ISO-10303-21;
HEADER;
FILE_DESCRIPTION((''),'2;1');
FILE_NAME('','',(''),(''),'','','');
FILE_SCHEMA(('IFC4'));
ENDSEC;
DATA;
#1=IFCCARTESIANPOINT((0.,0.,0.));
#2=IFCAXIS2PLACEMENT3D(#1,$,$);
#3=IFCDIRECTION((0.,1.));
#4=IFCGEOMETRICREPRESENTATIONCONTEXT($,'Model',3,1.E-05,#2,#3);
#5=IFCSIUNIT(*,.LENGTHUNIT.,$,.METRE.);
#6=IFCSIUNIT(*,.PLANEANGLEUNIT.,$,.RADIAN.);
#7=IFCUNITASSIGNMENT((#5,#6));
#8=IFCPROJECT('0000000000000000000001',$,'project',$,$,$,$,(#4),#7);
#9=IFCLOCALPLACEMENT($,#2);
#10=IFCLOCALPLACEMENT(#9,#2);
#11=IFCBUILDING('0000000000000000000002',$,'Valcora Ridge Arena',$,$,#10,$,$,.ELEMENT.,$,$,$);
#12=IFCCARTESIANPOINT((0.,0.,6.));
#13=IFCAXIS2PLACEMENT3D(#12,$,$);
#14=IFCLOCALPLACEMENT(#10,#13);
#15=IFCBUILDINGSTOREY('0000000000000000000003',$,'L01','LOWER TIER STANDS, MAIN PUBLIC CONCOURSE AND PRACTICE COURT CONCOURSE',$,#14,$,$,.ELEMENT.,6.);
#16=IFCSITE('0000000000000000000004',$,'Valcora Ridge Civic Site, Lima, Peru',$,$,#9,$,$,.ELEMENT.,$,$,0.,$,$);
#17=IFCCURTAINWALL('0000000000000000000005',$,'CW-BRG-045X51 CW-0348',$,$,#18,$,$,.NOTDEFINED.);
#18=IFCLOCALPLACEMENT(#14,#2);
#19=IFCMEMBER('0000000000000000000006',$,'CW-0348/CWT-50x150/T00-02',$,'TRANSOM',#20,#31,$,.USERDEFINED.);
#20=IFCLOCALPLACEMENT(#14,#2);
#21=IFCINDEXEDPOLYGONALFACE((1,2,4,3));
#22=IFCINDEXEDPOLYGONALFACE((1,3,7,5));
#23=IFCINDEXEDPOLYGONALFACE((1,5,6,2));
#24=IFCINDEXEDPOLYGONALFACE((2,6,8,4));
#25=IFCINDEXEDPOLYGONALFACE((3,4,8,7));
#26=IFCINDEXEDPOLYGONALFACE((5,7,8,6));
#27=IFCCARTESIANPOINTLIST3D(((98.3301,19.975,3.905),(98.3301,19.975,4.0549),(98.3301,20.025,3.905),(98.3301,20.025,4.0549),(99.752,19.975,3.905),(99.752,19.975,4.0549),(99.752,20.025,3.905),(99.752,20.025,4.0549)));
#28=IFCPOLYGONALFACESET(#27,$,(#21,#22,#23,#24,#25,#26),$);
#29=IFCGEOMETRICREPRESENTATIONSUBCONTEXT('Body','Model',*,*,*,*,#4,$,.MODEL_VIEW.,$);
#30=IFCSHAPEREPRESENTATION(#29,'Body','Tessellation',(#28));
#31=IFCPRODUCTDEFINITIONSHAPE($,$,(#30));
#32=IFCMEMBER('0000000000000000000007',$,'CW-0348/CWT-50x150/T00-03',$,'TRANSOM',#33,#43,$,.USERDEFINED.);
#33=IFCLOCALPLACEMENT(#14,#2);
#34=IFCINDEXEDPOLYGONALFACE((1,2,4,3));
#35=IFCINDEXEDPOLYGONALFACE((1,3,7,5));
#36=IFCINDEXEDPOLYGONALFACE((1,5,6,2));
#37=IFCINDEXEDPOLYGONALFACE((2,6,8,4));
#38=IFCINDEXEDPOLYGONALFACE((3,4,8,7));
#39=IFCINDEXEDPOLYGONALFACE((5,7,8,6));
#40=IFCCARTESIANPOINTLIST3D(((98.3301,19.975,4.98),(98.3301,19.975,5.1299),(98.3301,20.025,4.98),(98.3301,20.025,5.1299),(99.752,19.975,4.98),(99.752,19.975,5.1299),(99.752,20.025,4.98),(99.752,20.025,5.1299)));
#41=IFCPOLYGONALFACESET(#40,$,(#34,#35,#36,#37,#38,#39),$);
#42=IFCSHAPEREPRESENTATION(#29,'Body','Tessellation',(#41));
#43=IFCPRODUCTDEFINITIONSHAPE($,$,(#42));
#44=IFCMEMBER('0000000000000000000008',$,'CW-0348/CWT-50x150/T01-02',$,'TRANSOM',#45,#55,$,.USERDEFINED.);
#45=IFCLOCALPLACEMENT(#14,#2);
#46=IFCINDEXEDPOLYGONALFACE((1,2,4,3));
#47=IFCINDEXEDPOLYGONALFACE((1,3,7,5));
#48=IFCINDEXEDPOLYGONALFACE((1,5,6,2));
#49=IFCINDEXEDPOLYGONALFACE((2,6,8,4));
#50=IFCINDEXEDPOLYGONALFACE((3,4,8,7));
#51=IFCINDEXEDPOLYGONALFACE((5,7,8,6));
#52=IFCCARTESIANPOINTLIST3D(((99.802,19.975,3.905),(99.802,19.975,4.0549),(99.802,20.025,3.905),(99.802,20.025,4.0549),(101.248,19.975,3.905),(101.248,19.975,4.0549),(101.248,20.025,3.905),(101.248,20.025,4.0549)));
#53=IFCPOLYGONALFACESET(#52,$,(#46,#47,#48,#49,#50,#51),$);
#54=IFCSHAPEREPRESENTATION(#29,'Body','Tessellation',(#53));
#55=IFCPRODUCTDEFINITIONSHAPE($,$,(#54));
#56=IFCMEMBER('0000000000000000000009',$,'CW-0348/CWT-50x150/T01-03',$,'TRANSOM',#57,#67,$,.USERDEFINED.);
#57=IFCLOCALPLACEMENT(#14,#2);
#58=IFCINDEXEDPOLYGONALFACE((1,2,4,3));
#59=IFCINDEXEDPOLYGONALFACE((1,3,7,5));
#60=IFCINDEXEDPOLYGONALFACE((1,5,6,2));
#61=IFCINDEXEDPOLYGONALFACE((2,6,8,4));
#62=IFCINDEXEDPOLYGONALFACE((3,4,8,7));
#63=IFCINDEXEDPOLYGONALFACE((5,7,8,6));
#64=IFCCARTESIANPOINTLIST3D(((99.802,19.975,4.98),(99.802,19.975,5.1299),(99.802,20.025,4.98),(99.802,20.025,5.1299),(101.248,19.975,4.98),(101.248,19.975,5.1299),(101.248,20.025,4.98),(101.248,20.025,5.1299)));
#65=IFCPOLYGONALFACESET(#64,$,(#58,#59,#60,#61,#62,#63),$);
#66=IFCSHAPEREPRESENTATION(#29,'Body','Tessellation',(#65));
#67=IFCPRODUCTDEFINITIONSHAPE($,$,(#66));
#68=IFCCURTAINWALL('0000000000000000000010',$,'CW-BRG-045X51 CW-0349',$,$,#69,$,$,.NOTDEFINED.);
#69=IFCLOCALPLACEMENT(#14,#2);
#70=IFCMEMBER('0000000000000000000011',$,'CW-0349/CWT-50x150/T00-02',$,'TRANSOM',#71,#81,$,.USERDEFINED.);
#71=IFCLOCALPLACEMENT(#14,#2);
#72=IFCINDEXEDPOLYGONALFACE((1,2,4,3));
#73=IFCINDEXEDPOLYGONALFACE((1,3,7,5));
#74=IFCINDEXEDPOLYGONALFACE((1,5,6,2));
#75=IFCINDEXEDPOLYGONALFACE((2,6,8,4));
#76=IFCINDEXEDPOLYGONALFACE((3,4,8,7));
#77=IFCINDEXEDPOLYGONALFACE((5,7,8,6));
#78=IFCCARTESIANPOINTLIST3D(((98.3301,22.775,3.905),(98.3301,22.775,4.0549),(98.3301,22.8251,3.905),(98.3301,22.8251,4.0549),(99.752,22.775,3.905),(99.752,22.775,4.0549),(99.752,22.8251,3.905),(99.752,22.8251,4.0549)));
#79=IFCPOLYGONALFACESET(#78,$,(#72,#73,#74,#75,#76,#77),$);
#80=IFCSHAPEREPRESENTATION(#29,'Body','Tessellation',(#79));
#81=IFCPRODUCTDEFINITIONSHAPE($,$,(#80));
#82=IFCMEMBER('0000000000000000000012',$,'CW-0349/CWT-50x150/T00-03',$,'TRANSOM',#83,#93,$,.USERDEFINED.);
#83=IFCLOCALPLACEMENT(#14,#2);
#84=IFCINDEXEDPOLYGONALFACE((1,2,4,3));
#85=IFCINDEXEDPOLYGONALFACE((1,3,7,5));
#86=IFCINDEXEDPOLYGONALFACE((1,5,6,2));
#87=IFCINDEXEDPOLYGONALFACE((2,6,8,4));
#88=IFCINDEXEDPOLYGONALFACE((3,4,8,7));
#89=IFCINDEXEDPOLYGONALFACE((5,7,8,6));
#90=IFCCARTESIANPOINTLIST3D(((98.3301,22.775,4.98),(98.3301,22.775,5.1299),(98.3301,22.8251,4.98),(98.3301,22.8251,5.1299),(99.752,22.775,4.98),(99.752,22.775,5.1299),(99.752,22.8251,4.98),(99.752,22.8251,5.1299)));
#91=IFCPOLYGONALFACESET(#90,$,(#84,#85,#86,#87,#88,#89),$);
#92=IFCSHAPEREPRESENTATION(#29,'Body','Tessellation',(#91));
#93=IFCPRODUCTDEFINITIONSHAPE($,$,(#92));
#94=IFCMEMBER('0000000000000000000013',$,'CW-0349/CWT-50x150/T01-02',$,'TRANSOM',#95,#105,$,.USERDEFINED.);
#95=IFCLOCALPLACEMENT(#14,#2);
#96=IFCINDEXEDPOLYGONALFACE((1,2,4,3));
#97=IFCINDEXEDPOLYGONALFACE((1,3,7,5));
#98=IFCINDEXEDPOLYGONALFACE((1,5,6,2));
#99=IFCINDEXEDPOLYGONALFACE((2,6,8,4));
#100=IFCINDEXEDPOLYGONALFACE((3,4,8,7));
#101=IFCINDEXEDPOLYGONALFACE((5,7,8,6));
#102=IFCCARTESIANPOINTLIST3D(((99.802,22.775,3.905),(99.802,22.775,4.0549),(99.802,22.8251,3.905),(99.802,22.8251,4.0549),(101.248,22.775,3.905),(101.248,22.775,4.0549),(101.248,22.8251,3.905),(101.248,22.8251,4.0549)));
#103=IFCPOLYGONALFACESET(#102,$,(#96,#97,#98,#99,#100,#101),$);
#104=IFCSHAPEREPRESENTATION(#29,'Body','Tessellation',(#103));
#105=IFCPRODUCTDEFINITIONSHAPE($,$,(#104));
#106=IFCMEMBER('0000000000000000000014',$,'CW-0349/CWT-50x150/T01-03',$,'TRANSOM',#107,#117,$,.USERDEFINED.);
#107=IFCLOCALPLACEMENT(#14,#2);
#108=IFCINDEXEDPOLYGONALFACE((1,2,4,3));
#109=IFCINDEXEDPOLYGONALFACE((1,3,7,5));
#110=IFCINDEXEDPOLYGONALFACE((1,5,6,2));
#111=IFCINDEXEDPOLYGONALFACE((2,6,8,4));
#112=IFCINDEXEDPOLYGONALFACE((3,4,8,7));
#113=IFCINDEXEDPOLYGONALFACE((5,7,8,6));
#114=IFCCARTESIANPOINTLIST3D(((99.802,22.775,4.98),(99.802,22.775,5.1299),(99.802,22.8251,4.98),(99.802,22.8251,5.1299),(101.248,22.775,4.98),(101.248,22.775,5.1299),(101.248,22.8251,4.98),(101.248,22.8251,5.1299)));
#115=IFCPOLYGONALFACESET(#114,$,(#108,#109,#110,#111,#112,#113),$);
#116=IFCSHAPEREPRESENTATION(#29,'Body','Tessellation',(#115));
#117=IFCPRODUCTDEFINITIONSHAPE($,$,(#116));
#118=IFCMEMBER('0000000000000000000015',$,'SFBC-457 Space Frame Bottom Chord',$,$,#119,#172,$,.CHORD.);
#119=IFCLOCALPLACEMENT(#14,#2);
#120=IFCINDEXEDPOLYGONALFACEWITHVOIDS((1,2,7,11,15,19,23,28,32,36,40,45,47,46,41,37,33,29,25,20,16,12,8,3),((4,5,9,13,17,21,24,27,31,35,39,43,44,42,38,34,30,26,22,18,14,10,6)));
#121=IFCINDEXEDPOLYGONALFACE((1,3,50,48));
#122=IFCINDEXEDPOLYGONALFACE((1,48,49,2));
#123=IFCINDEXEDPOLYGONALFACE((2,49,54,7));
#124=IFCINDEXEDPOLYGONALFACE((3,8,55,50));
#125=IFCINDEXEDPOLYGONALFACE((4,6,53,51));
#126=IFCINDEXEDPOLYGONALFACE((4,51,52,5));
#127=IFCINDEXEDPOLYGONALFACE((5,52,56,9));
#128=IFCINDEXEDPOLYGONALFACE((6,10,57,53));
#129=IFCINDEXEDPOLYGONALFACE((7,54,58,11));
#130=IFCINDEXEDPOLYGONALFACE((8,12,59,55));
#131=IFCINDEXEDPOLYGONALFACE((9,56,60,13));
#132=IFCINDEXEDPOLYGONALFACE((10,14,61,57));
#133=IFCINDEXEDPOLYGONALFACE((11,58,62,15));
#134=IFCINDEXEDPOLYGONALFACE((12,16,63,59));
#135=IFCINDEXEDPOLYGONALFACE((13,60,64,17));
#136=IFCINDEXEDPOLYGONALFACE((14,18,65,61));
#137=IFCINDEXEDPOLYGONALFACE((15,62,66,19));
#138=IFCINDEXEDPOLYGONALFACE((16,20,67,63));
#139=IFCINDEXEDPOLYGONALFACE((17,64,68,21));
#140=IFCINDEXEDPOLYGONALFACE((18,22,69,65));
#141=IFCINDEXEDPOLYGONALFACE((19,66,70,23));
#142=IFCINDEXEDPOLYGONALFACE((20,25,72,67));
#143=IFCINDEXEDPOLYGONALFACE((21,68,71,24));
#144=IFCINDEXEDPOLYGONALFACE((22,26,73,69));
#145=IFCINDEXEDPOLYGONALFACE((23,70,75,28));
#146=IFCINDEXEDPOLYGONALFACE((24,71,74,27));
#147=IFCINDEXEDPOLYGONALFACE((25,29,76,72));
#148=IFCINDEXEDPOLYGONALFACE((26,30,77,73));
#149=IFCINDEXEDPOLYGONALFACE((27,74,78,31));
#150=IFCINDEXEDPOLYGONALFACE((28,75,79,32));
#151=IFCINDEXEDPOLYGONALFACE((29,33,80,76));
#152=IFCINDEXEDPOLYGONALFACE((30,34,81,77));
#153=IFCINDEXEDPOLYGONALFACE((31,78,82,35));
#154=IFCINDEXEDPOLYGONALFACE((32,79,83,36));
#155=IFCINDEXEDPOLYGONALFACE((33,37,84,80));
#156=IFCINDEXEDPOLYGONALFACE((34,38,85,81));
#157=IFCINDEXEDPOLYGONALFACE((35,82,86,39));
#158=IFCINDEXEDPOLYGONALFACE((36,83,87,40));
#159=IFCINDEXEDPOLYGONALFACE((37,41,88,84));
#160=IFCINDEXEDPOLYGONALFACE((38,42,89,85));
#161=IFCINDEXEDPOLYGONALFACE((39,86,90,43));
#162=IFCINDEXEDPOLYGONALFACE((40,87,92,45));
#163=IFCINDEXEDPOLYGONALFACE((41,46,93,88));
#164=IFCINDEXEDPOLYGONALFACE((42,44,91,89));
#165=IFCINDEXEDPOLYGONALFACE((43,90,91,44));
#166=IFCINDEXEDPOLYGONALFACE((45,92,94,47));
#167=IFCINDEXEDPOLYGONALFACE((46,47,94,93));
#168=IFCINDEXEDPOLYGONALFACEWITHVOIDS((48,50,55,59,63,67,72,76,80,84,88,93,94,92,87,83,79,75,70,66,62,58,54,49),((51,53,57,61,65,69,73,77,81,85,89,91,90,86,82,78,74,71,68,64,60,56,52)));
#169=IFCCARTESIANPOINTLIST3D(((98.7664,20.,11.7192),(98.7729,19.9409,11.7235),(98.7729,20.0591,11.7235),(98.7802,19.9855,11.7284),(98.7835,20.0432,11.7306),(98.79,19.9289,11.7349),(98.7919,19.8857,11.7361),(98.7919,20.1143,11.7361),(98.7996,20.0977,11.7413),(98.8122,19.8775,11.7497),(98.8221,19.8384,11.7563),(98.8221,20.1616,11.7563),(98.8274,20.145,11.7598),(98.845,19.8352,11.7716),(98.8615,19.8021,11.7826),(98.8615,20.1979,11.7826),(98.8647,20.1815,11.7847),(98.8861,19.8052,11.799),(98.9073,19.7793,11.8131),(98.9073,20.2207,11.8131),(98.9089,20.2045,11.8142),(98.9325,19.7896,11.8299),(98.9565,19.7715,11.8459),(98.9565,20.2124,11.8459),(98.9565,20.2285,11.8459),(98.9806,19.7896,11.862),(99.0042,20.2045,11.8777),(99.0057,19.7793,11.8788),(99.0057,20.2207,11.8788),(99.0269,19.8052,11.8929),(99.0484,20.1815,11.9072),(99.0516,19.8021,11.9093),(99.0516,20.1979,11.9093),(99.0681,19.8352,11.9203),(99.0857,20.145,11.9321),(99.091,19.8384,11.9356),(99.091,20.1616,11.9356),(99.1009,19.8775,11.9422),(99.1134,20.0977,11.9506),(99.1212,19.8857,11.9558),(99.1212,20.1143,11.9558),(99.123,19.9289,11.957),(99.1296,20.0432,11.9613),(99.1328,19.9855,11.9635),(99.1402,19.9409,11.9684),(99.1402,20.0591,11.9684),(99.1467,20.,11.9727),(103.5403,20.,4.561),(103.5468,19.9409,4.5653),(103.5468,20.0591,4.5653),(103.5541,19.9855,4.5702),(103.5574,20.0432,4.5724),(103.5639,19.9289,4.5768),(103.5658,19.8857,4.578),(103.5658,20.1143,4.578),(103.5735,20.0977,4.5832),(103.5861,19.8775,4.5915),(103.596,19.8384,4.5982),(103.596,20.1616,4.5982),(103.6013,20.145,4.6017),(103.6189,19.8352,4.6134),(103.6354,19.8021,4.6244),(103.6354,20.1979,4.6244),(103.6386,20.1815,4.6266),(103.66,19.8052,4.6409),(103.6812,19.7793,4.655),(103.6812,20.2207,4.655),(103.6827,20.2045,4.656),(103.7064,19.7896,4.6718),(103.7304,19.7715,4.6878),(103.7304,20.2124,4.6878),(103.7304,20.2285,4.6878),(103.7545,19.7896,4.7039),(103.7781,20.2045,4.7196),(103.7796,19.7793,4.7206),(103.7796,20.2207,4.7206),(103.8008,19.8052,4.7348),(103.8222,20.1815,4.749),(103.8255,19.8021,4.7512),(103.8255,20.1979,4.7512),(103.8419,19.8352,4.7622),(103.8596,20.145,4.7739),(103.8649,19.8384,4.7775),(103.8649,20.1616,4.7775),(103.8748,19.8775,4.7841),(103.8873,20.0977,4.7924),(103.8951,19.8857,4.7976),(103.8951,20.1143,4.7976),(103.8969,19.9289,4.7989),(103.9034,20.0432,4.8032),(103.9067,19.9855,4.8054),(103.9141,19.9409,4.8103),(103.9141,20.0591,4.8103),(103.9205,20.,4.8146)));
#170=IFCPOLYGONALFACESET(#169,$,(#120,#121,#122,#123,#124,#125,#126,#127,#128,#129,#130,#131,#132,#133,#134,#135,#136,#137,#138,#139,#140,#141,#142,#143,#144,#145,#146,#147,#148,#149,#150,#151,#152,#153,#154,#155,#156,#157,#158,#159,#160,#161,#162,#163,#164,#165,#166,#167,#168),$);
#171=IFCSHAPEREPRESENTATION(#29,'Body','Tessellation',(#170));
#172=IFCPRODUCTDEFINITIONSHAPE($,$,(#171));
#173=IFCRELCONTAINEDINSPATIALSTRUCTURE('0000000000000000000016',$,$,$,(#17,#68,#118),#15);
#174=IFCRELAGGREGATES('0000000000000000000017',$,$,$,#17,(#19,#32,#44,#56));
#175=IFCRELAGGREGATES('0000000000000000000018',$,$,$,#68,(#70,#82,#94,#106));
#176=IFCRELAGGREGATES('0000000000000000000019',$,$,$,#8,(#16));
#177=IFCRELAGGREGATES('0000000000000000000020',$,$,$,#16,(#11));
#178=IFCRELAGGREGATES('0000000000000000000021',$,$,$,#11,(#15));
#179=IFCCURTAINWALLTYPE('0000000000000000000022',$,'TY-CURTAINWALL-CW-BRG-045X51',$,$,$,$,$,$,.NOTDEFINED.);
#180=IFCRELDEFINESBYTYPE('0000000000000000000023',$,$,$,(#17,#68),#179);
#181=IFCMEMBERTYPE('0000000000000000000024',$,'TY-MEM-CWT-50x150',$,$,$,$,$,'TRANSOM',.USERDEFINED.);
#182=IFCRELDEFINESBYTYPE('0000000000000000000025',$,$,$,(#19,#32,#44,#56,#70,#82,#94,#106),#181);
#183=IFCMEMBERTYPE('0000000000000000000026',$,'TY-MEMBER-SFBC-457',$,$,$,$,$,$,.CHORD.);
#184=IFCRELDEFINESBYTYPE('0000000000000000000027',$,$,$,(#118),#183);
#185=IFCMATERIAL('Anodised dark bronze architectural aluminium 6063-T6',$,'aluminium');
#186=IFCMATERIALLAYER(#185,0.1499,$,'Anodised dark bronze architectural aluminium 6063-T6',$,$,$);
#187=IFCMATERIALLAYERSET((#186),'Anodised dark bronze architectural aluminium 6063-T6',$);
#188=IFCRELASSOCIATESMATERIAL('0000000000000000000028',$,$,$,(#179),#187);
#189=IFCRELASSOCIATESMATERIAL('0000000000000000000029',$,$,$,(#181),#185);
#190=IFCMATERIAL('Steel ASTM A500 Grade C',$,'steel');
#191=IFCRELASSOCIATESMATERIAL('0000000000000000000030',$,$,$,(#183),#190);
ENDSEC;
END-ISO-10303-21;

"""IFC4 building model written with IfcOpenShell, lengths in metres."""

from ifc_helpers import new_model, si_unit, direction, frame, origin, origin_2d, place, context, subcontext, project, spatial, rectangle, hollow_circle, extrude, material, layer, layer_set, material_profile, profile_set, type_object, element, aggregate, save


model = new_model("IFC4")

# Units and contexts
model_context = context("Model", 3, precision=1e-05, world=origin(), true_north=direction((0.0, 1.0)))
body_context = subcontext(model_context, "Body", "Model", "MODEL_VIEW")
ifc_project = project(units=[si_unit("LENGTHUNIT", "METRE"), si_unit("PLANEANGLEUNIT", "RADIAN")], contexts=[model_context])

# Site, building, storey
site_placement = place(None, origin())
site = spatial("IfcSite", under=ifc_project, at=site_placement, Name="Valcora Ridge Civic Site, Lima, Peru", CompositionType="ELEMENT", RefElevation=0.0)
building_placement = place(site_placement, origin())
building = spatial("IfcBuilding", under=site, at=building_placement, Name="Valcora Ridge Arena", CompositionType="ELEMENT")
storey_placement = place(building_placement, frame((0.0, 0.0, 6.0)))
storey = spatial("IfcBuildingStorey", under=building, at=storey_placement, Name="L01", Description="LOWER TIER STANDS, MAIN PUBLIC CONCOURSE AND PRACTICE COURT CONCOURSE", CompositionType="ELEMENT", Elevation=6.0)

# Curtain walls, members
ifc_material_1 = material(Name="Anodised dark bronze architectural aluminium 6063-T6", Category="aluminium")
ifc_layer_1 = layer(ifc_material_1, 0.1499, Name="Anodised dark bronze architectural aluminium 6063-T6")
ifc_layer_set_1 = layer_set([ifc_layer_1], Name="Anodised dark bronze architectural aluminium 6063-T6")
curtain_wall_type = type_object("IfcCurtainWallType", Name="TY-CURTAINWALL-CW-BRG-045X51", PredefinedType="NOTDEFINED", material=ifc_layer_set_1)
curtain_wall_1_placement = place(storey_placement, origin())
curtain_wall_1 = element("IfcCurtainWall", 1, at=curtain_wall_1_placement, inside=storey, type_object=curtain_wall_type, Name="CW-BRG-045X51 CW-0348", PredefinedType="NOTDEFINED")
ifc_material_profile_1 = material_profile(ifc_material_1, rectangle(XDim=0.05, YDim=0.1499, at=origin_2d()), Name="ALU TRANSOM 50x150")
ifc_profile_set_1 = profile_set([ifc_material_profile_1], Name="Anodised dark bronze architectural aluminium 6063-T6")
member_type_1 = type_object("IfcMemberType", Name="TY-MEM-CWT-50x150", ElementType="TRANSOM", PredefinedType="USERDEFINED", material=ifc_profile_set_1)
member_1_placement = place(storey_placement, frame((98.3301, 20.0, 3.98), z_axis=(1.0, 0.0, 0.0), x_axis=(0.0, 1.0, 0.0)))
member_1 = element("IfcMember", 2, at=member_1_placement, type_object=member_type_1, Name="CW-0348/CWT-50x150/T00-02", ObjectType="TRANSOM", PredefinedType="USERDEFINED", context=body_context, shape_type="SweptSolid", body=[
    extrude(rectangle(XDim=0.05, YDim=0.1499, at=origin_2d()), origin(), (0.0, 0.0, 1.0), 1.4219),
])
member_2_placement = place(storey_placement, frame((98.3301, 20.0, 5.0549), z_axis=(1.0, 0.0, 0.0), x_axis=(0.0, 1.0, 0.0)))
member_2 = element("IfcMember", 3, at=member_2_placement, type_object=member_type_1, Name="CW-0348/CWT-50x150/T00-03", ObjectType="TRANSOM", PredefinedType="USERDEFINED", context=body_context, shape_type="SweptSolid", body=[
    extrude(rectangle(XDim=0.05, YDim=0.1499, at=origin_2d()), origin(), (0.0, 0.0, 1.0), 1.4219),
])
member_3_placement = place(storey_placement, frame((99.802, 20.0, 3.98), z_axis=(1.0, 0.0, 0.0), x_axis=(0.0, 1.0, 0.0)))
member_3 = element("IfcMember", 4, at=member_3_placement, type_object=member_type_1, Name="CW-0348/CWT-50x150/T01-02", ObjectType="TRANSOM", PredefinedType="USERDEFINED", context=body_context, shape_type="SweptSolid", body=[
    extrude(rectangle(XDim=0.05, YDim=0.1499, at=origin_2d()), origin(), (0.0, 0.0, 1.0), 1.446),
])
member_4_placement = place(storey_placement, frame((99.802, 20.0, 5.0549), z_axis=(1.0, 0.0, 0.0), x_axis=(0.0, 1.0, 0.0)))
member_4 = element("IfcMember", 5, at=member_4_placement, type_object=member_type_1, Name="CW-0348/CWT-50x150/T01-03", ObjectType="TRANSOM", PredefinedType="USERDEFINED", context=body_context, shape_type="SweptSolid", body=[
    extrude(rectangle(XDim=0.05, YDim=0.1499, at=origin_2d()), origin(), (0.0, 0.0, 1.0), 1.446),
])
curtain_wall_2_placement = place(storey_placement, origin())
curtain_wall_2 = element("IfcCurtainWall", 6, at=curtain_wall_2_placement, inside=storey, type_object=curtain_wall_type, Name="CW-BRG-045X51 CW-0349", PredefinedType="NOTDEFINED")
member_5_placement = place(storey_placement, frame((98.3301, 22.8, 3.98), z_axis=(1.0, 0.0, 0.0), x_axis=(0.0, 1.0, 0.0)))
member_5 = element("IfcMember", 7, at=member_5_placement, type_object=member_type_1, Name="CW-0349/CWT-50x150/T00-02", ObjectType="TRANSOM", PredefinedType="USERDEFINED", context=body_context, shape_type="SweptSolid", body=[
    extrude(rectangle(XDim=0.05, YDim=0.1499, at=origin_2d()), origin(), (0.0, 0.0, 1.0), 1.4219),
])
member_6_placement = place(storey_placement, frame((98.3301, 22.8, 5.0549), z_axis=(1.0, 0.0, 0.0), x_axis=(0.0, 1.0, 0.0)))
member_6 = element("IfcMember", 8, at=member_6_placement, type_object=member_type_1, Name="CW-0349/CWT-50x150/T00-03", ObjectType="TRANSOM", PredefinedType="USERDEFINED", context=body_context, shape_type="SweptSolid", body=[
    extrude(rectangle(XDim=0.05, YDim=0.1499, at=origin_2d()), origin(), (0.0, 0.0, 1.0), 1.4219),
])
member_7_placement = place(storey_placement, frame((99.802, 22.8, 3.98), z_axis=(1.0, 0.0, 0.0), x_axis=(0.0, 1.0, 0.0)))
member_7 = element("IfcMember", 9, at=member_7_placement, type_object=member_type_1, Name="CW-0349/CWT-50x150/T01-02", ObjectType="TRANSOM", PredefinedType="USERDEFINED", context=body_context, shape_type="SweptSolid", body=[
    extrude(rectangle(XDim=0.05, YDim=0.1499, at=origin_2d()), origin(), (0.0, 0.0, 1.0), 1.446),
])
member_8_placement = place(storey_placement, frame((99.802, 22.8, 5.0549), z_axis=(1.0, 0.0, 0.0), x_axis=(0.0, 1.0, 0.0)))
member_8 = element("IfcMember", 10, at=member_8_placement, type_object=member_type_1, Name="CW-0349/CWT-50x150/T01-03", ObjectType="TRANSOM", PredefinedType="USERDEFINED", context=body_context, shape_type="SweptSolid", body=[
    extrude(rectangle(XDim=0.05, YDim=0.1499, at=origin_2d()), origin(), (0.0, 0.0, 1.0), 1.446),
])

# Member
ifc_material_2 = material(Name="Steel ASTM A500 Grade C", Category="steel")
ifc_material_profile_2 = material_profile(ifc_material_2, hollow_circle(Radius=0.2285, WallThickness=0.0161, at=origin_2d()), Name="CHS457X16")
ifc_profile_set_2 = profile_set([ifc_material_profile_2], Name="Steel ASTM A500 Grade C")
member_type_2 = type_object("IfcMemberType", Name="TY-MEMBER-SFBC-457", PredefinedType="CHORD", material=ifc_profile_set_2)
member_9_placement = place(storey_placement, frame((98.9565, 20.0, 11.8459), z_axis=(0.554844, 0.0, -0.831954), x_axis=(0.0, 1.0, 0.0)))
element("IfcMember", 11, at=member_9_placement, inside=storey, type_object=member_type_2, Name="SFBC-457 Space Frame Bottom Chord", PredefinedType="CHORD", context=body_context, shape_type="SweptSolid", body=[
    extrude(hollow_circle(Radius=0.2285, WallThickness=0.0161, at=origin_2d()), origin(), (0.0, 0.0, 1.0), 8.604),
])

aggregate(curtain_wall_1, [member_1, member_2, member_3, member_4])
aggregate(curtain_wall_2, [member_5, member_6, member_7, member_8])

save(model, "model.ifc")
